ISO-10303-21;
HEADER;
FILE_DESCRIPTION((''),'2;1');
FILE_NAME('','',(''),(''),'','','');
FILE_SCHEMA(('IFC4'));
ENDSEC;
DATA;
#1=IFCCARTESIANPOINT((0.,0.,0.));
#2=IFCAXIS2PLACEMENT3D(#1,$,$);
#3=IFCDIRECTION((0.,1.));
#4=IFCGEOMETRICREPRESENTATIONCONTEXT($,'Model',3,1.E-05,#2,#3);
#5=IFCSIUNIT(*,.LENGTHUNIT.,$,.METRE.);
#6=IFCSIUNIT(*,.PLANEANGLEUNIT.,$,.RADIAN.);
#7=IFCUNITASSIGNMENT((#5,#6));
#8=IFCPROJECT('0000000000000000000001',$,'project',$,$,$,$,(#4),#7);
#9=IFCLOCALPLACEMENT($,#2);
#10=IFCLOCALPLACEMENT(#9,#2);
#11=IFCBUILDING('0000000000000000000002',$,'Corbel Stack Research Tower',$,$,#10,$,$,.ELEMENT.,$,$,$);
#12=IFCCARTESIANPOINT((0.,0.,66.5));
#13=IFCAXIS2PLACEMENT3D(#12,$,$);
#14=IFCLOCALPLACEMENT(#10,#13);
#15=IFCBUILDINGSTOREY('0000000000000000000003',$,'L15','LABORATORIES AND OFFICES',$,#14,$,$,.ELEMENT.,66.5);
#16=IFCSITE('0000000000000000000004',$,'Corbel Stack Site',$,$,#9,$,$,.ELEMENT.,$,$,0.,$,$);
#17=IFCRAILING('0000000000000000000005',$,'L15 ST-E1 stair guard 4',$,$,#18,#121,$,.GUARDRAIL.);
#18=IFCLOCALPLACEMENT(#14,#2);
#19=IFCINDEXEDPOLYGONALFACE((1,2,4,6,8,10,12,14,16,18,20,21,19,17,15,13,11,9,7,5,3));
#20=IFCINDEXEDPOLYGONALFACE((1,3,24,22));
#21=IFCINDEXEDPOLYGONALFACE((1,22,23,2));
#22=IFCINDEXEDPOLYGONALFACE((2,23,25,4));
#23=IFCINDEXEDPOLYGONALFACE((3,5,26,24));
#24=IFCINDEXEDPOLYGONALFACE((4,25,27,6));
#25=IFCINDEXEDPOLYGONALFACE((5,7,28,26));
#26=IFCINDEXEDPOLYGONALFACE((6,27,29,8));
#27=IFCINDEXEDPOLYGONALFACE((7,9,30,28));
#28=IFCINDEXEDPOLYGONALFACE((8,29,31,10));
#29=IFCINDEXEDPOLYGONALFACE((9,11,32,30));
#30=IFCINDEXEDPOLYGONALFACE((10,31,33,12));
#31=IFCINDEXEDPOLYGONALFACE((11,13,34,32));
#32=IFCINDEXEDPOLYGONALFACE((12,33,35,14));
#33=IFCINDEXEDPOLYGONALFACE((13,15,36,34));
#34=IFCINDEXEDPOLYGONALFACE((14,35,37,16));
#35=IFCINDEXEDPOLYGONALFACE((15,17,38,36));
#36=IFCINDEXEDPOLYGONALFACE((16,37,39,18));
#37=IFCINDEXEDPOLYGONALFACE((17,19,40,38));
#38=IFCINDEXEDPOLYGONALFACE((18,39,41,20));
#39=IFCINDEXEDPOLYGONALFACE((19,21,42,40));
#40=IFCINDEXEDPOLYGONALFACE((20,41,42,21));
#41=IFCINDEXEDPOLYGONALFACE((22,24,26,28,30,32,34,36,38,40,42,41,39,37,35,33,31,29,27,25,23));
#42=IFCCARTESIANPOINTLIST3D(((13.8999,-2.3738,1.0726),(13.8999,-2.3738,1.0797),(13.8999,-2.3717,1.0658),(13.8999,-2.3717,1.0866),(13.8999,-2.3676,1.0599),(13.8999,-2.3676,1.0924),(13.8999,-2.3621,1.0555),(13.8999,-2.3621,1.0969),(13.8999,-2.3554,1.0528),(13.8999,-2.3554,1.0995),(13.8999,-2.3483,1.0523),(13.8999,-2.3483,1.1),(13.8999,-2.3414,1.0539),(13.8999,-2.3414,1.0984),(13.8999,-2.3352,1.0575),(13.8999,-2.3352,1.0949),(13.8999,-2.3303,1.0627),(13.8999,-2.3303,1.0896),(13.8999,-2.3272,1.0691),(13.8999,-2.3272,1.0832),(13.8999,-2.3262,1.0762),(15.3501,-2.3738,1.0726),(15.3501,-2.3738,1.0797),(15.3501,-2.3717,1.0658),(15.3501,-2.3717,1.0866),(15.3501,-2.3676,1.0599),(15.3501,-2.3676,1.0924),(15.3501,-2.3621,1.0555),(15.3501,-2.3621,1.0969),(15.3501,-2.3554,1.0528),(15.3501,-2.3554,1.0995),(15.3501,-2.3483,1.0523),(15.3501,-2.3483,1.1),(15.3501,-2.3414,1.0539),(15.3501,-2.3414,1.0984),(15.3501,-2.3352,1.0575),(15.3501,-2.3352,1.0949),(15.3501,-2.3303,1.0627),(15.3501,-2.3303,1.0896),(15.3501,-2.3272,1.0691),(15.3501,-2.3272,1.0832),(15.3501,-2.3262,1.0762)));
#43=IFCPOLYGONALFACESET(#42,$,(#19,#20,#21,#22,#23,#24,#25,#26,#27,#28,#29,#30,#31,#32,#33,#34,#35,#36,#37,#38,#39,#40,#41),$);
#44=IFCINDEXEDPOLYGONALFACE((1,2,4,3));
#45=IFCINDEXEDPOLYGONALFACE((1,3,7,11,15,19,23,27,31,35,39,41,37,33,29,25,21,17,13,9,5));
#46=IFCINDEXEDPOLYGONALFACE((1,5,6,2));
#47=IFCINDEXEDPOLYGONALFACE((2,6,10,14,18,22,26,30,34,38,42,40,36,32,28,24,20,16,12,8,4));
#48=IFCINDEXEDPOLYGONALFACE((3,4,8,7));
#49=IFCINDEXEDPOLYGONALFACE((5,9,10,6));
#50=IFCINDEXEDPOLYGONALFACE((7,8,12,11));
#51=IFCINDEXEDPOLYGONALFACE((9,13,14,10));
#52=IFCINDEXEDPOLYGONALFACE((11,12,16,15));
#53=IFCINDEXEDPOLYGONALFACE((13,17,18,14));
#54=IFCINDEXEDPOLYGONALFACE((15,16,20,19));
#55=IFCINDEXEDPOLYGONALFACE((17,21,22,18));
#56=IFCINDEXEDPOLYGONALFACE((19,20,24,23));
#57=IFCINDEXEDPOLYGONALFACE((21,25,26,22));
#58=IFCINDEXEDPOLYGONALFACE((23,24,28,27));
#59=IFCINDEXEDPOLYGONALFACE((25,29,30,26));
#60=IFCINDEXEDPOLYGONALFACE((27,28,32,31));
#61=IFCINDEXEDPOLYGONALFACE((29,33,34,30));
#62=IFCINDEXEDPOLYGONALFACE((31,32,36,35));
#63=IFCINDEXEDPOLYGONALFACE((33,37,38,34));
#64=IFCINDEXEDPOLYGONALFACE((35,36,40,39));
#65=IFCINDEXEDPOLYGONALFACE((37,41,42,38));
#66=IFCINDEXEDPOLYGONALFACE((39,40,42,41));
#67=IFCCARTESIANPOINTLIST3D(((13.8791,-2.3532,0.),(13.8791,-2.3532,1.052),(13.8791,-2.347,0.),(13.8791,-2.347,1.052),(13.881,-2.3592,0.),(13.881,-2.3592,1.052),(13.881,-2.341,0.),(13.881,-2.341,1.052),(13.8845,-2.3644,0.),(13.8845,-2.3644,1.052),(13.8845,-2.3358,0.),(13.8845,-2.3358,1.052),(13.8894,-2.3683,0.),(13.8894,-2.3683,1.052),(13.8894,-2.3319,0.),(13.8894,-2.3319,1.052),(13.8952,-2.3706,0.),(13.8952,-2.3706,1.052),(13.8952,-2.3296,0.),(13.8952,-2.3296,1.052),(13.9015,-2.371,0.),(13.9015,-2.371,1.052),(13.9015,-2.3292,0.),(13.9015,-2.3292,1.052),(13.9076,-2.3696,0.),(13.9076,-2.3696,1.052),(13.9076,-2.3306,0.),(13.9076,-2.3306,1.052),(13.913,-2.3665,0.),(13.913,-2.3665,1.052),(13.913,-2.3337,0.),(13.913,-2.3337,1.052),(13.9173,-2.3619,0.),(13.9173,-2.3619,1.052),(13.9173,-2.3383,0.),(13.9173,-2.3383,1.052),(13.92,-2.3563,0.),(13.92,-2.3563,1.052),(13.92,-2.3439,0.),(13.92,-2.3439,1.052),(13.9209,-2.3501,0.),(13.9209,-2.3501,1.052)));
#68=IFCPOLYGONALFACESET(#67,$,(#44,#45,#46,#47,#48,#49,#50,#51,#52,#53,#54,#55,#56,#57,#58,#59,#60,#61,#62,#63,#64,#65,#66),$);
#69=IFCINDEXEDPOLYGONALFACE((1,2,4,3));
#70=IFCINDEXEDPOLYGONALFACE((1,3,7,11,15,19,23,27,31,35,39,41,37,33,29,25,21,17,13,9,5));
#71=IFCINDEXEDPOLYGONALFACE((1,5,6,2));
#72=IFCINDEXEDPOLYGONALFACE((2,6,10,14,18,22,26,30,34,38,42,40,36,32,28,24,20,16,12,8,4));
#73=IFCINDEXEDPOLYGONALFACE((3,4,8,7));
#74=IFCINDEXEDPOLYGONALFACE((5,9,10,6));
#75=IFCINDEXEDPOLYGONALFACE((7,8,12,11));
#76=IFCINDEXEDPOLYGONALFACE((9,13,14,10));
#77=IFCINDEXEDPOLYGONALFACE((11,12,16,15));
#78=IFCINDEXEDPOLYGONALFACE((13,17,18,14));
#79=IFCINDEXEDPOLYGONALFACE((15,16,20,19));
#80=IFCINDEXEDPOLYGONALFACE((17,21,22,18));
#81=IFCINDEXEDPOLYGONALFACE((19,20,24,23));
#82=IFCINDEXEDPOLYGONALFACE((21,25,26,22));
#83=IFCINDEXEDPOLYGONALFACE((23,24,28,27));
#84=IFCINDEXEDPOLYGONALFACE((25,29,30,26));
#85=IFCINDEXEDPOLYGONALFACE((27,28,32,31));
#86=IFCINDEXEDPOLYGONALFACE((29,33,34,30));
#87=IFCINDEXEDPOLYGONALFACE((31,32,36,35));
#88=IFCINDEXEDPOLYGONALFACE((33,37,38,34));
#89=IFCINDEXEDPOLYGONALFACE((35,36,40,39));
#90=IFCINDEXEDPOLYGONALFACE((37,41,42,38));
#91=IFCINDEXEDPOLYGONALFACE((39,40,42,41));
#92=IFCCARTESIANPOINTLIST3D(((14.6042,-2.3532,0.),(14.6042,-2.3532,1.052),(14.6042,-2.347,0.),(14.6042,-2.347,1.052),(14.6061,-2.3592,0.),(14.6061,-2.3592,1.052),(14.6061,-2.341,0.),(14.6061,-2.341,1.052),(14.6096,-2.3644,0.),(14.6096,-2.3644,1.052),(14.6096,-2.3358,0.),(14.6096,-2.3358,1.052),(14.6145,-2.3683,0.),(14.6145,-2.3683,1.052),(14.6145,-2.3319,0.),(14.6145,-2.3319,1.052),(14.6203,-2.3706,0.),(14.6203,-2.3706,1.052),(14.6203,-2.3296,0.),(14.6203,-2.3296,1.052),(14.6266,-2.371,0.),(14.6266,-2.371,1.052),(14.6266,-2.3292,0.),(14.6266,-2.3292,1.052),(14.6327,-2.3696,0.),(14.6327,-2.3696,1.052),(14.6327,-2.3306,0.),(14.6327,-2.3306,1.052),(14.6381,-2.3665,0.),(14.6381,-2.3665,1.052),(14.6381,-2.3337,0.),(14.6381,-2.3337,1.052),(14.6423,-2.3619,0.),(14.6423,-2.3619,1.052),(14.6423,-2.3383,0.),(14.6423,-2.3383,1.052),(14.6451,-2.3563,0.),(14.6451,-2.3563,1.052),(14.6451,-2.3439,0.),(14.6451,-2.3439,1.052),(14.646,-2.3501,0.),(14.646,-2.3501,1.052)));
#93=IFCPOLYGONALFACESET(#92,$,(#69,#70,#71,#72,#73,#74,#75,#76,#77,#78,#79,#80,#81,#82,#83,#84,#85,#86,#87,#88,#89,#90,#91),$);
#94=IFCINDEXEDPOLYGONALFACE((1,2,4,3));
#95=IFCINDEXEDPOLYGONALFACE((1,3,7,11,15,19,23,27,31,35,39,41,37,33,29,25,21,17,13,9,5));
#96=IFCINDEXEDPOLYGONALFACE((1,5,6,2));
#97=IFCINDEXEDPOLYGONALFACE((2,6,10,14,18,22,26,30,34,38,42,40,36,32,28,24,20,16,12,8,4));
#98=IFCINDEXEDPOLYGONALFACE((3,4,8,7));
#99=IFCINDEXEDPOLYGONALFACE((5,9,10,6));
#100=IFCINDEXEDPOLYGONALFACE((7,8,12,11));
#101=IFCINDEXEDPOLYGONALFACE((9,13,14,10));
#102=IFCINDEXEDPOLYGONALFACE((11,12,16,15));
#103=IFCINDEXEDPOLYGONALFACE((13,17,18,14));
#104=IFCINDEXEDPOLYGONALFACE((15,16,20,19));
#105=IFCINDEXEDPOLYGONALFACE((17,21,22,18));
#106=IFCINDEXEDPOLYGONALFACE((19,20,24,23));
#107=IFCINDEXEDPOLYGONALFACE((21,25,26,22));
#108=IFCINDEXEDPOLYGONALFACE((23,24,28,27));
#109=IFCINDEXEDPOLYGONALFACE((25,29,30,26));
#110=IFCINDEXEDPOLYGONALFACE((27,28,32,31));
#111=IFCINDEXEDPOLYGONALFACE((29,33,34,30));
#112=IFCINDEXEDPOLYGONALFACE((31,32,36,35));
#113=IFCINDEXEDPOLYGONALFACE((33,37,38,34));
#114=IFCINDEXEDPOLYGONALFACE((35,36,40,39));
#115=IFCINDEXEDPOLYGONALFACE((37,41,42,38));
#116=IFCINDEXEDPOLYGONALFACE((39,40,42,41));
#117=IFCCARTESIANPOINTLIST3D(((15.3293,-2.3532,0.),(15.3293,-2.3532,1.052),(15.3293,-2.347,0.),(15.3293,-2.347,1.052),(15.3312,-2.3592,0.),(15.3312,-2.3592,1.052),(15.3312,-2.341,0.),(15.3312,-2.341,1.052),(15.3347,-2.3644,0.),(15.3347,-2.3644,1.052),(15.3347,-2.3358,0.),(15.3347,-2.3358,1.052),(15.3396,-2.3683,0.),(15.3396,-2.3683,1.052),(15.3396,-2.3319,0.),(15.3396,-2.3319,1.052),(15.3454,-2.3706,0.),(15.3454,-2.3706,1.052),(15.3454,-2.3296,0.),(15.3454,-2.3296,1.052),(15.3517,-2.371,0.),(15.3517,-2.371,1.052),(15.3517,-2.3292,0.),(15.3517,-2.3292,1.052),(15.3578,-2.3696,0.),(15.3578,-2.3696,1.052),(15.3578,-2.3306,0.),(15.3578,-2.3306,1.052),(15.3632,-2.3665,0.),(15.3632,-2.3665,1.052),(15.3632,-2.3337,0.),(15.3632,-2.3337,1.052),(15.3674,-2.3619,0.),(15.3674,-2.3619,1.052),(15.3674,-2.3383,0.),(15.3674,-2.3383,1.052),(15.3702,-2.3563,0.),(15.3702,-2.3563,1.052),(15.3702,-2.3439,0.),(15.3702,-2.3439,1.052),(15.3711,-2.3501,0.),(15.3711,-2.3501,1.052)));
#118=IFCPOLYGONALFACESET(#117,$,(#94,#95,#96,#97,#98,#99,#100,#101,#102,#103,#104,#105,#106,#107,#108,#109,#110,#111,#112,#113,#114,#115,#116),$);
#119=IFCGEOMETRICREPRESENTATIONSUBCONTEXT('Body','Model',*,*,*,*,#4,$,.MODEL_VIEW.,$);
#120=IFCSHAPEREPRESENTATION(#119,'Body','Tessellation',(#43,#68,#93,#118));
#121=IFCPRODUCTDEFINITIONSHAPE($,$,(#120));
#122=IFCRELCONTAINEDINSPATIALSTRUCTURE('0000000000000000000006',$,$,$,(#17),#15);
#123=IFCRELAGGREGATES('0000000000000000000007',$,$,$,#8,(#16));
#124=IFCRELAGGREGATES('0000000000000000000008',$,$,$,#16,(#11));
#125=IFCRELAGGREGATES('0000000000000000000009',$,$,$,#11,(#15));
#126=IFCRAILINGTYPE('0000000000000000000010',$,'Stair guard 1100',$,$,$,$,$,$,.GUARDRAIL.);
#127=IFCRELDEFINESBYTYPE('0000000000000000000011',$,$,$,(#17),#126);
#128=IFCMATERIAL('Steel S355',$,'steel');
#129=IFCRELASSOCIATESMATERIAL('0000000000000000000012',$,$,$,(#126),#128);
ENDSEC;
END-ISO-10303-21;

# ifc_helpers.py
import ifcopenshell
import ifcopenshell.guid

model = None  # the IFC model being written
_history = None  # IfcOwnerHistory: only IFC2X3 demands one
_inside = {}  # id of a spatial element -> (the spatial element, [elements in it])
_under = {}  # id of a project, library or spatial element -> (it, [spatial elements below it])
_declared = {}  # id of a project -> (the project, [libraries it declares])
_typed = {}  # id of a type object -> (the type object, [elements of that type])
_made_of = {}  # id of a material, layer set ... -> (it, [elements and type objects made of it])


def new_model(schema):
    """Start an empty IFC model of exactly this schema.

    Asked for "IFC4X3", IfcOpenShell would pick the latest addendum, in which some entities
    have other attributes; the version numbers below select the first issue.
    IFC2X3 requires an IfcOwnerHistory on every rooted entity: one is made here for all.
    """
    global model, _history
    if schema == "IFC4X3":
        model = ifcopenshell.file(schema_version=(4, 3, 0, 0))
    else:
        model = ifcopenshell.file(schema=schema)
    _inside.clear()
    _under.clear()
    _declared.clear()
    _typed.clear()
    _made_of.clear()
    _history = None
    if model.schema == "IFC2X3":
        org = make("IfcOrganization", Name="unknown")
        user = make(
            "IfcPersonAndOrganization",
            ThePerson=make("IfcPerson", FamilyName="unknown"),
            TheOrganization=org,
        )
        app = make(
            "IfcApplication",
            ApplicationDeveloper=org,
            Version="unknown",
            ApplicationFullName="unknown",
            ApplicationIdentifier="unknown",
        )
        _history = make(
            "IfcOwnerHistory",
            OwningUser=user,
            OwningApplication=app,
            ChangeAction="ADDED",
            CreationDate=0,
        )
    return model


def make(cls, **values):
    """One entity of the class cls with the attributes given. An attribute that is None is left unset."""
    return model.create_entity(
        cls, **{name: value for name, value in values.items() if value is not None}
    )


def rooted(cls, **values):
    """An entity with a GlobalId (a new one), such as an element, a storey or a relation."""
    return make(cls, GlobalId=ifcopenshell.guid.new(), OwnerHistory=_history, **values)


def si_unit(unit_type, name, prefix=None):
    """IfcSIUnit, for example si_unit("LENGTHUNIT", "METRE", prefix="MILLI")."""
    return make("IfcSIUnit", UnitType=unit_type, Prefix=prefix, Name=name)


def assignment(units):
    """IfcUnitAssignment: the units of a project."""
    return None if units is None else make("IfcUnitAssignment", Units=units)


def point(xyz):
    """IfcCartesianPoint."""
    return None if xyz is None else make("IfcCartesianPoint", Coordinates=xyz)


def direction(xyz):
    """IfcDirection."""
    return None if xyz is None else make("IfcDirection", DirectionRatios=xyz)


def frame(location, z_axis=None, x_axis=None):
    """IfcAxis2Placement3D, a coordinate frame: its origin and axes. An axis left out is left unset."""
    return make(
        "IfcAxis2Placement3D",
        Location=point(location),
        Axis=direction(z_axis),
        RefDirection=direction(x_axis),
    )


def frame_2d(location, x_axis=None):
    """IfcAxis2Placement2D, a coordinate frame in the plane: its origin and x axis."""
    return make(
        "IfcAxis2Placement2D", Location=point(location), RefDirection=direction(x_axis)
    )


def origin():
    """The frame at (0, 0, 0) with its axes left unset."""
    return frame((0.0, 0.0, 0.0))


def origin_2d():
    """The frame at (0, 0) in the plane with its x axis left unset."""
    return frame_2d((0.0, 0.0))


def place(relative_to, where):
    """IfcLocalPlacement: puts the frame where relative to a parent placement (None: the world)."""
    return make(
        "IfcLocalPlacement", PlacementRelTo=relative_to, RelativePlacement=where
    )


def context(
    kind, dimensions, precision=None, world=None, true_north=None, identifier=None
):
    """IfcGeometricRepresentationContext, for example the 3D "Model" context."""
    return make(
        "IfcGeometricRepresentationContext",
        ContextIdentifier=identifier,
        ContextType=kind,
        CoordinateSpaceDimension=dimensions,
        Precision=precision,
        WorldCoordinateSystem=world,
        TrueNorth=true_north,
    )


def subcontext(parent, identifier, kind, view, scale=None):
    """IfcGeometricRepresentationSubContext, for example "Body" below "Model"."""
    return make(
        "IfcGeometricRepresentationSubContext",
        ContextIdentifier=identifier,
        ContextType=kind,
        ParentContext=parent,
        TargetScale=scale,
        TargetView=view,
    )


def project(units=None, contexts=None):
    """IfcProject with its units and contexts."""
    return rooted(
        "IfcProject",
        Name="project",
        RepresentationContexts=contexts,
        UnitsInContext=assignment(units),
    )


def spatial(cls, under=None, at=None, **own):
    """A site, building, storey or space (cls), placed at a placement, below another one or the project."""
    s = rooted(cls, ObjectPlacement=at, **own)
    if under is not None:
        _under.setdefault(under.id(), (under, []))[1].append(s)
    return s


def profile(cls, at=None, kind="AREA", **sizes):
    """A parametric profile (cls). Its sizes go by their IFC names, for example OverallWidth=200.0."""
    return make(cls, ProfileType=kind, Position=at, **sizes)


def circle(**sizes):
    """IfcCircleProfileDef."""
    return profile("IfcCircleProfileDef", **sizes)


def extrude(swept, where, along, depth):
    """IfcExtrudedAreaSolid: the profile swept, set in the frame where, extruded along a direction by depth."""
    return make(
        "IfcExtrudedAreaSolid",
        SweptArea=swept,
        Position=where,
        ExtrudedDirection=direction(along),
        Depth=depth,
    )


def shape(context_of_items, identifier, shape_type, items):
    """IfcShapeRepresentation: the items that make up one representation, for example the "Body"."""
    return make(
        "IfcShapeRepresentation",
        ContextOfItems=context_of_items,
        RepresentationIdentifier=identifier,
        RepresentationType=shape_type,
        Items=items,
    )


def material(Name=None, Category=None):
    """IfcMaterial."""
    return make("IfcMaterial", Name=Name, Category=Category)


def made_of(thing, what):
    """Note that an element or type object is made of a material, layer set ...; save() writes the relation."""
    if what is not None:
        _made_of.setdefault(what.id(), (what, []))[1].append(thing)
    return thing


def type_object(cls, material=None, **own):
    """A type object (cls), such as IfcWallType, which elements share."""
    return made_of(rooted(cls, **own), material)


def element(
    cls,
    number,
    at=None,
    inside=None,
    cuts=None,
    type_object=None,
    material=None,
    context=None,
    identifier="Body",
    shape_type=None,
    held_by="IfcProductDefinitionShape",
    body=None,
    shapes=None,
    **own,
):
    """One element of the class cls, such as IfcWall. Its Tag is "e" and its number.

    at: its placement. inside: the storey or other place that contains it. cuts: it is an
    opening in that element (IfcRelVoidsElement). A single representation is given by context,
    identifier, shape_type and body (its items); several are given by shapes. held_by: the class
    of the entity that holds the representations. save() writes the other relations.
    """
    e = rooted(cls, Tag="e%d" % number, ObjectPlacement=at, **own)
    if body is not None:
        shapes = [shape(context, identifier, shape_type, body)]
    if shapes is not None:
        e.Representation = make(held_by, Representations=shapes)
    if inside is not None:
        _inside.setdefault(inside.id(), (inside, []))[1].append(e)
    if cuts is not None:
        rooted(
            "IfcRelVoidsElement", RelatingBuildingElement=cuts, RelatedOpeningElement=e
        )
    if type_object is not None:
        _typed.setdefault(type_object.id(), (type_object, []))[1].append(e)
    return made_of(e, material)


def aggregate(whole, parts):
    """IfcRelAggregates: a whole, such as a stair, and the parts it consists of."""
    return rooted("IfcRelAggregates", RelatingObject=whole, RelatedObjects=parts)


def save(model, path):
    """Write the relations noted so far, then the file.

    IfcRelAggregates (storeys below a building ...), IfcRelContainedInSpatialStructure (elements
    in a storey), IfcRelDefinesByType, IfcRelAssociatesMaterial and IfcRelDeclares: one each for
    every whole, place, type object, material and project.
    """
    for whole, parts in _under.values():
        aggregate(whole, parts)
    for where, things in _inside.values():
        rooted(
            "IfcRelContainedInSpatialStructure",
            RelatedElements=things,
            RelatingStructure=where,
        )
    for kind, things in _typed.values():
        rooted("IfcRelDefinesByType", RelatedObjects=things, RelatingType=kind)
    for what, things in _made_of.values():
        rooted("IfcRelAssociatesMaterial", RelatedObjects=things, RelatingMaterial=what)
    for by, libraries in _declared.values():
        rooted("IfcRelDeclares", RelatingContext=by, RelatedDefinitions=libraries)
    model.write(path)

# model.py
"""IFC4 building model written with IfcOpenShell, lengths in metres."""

from ifc_helpers import new_model, si_unit, direction, frame, origin, origin_2d, place, context, subcontext, project, spatial, circle, extrude, material, type_object, element, save


model = new_model("IFC4")

# Units and contexts
model_context = context("Model", 3, precision=1e-05, world=origin(), true_north=direction((0.0, 1.0)))
body_context = subcontext(model_context, "Body", "Model", "MODEL_VIEW")
ifc_project = project(units=[si_unit("LENGTHUNIT", "METRE"), si_unit("PLANEANGLEUNIT", "RADIAN")], contexts=[model_context])

# Site, building, storey
site_placement = place(None, origin())
site = spatial("IfcSite", under=ifc_project, at=site_placement, Name="Corbel Stack Site", CompositionType="ELEMENT", RefElevation=0.0)
building_placement = place(site_placement, origin())
building = spatial("IfcBuilding", under=site, at=building_placement, Name="Corbel Stack Research Tower", CompositionType="ELEMENT")
storey_placement = place(building_placement, frame((0.0, 0.0, 66.5)))
storey = spatial("IfcBuildingStorey", under=building, at=storey_placement, Name="L15", Description="LABORATORIES AND OFFICES", CompositionType="ELEMENT", Elevation=66.5)

# Railing
ifc_material_1 = material(Name="Steel S355", Category="steel")
railing_type_1 = type_object("IfcRailingType", Name="Stair guard 1100", PredefinedType="GUARDRAIL", material=ifc_material_1)
railing_1_placement = place(storey_placement, frame((13.8999, -2.3501, 0.0)))
element("IfcRailing", 1, at=railing_1_placement, inside=storey, type_object=railing_type_1, Name="L15 ST-E1 stair guard 4", PredefinedType="GUARDRAIL", context=body_context, shape_type="SweptSolid", body=[
    extrude(circle(Radius=0.0239, at=origin_2d()), frame((0.0, 0.0, 1.0762), z_axis=(1.0, 0.0, 0.0), x_axis=(0.0, 1.0, 0.0)), (0.0, 0.0, 1.0), 1.4502),
    extrude(circle(Radius=0.021, at=origin_2d()), origin(), (0.0, 0.0, 1.0), 1.052),
    extrude(circle(Radius=0.021, at=origin_2d()), frame((0.7251, 0.0, 0.0)), (0.0, 0.0, 1.0), 1.052),
    extrude(circle(Radius=0.021, at=origin_2d()), frame((1.4502, 0.0, 0.0)), (0.0, 0.0, 1.0), 1.052),
])

save(model, "model.ifc")
